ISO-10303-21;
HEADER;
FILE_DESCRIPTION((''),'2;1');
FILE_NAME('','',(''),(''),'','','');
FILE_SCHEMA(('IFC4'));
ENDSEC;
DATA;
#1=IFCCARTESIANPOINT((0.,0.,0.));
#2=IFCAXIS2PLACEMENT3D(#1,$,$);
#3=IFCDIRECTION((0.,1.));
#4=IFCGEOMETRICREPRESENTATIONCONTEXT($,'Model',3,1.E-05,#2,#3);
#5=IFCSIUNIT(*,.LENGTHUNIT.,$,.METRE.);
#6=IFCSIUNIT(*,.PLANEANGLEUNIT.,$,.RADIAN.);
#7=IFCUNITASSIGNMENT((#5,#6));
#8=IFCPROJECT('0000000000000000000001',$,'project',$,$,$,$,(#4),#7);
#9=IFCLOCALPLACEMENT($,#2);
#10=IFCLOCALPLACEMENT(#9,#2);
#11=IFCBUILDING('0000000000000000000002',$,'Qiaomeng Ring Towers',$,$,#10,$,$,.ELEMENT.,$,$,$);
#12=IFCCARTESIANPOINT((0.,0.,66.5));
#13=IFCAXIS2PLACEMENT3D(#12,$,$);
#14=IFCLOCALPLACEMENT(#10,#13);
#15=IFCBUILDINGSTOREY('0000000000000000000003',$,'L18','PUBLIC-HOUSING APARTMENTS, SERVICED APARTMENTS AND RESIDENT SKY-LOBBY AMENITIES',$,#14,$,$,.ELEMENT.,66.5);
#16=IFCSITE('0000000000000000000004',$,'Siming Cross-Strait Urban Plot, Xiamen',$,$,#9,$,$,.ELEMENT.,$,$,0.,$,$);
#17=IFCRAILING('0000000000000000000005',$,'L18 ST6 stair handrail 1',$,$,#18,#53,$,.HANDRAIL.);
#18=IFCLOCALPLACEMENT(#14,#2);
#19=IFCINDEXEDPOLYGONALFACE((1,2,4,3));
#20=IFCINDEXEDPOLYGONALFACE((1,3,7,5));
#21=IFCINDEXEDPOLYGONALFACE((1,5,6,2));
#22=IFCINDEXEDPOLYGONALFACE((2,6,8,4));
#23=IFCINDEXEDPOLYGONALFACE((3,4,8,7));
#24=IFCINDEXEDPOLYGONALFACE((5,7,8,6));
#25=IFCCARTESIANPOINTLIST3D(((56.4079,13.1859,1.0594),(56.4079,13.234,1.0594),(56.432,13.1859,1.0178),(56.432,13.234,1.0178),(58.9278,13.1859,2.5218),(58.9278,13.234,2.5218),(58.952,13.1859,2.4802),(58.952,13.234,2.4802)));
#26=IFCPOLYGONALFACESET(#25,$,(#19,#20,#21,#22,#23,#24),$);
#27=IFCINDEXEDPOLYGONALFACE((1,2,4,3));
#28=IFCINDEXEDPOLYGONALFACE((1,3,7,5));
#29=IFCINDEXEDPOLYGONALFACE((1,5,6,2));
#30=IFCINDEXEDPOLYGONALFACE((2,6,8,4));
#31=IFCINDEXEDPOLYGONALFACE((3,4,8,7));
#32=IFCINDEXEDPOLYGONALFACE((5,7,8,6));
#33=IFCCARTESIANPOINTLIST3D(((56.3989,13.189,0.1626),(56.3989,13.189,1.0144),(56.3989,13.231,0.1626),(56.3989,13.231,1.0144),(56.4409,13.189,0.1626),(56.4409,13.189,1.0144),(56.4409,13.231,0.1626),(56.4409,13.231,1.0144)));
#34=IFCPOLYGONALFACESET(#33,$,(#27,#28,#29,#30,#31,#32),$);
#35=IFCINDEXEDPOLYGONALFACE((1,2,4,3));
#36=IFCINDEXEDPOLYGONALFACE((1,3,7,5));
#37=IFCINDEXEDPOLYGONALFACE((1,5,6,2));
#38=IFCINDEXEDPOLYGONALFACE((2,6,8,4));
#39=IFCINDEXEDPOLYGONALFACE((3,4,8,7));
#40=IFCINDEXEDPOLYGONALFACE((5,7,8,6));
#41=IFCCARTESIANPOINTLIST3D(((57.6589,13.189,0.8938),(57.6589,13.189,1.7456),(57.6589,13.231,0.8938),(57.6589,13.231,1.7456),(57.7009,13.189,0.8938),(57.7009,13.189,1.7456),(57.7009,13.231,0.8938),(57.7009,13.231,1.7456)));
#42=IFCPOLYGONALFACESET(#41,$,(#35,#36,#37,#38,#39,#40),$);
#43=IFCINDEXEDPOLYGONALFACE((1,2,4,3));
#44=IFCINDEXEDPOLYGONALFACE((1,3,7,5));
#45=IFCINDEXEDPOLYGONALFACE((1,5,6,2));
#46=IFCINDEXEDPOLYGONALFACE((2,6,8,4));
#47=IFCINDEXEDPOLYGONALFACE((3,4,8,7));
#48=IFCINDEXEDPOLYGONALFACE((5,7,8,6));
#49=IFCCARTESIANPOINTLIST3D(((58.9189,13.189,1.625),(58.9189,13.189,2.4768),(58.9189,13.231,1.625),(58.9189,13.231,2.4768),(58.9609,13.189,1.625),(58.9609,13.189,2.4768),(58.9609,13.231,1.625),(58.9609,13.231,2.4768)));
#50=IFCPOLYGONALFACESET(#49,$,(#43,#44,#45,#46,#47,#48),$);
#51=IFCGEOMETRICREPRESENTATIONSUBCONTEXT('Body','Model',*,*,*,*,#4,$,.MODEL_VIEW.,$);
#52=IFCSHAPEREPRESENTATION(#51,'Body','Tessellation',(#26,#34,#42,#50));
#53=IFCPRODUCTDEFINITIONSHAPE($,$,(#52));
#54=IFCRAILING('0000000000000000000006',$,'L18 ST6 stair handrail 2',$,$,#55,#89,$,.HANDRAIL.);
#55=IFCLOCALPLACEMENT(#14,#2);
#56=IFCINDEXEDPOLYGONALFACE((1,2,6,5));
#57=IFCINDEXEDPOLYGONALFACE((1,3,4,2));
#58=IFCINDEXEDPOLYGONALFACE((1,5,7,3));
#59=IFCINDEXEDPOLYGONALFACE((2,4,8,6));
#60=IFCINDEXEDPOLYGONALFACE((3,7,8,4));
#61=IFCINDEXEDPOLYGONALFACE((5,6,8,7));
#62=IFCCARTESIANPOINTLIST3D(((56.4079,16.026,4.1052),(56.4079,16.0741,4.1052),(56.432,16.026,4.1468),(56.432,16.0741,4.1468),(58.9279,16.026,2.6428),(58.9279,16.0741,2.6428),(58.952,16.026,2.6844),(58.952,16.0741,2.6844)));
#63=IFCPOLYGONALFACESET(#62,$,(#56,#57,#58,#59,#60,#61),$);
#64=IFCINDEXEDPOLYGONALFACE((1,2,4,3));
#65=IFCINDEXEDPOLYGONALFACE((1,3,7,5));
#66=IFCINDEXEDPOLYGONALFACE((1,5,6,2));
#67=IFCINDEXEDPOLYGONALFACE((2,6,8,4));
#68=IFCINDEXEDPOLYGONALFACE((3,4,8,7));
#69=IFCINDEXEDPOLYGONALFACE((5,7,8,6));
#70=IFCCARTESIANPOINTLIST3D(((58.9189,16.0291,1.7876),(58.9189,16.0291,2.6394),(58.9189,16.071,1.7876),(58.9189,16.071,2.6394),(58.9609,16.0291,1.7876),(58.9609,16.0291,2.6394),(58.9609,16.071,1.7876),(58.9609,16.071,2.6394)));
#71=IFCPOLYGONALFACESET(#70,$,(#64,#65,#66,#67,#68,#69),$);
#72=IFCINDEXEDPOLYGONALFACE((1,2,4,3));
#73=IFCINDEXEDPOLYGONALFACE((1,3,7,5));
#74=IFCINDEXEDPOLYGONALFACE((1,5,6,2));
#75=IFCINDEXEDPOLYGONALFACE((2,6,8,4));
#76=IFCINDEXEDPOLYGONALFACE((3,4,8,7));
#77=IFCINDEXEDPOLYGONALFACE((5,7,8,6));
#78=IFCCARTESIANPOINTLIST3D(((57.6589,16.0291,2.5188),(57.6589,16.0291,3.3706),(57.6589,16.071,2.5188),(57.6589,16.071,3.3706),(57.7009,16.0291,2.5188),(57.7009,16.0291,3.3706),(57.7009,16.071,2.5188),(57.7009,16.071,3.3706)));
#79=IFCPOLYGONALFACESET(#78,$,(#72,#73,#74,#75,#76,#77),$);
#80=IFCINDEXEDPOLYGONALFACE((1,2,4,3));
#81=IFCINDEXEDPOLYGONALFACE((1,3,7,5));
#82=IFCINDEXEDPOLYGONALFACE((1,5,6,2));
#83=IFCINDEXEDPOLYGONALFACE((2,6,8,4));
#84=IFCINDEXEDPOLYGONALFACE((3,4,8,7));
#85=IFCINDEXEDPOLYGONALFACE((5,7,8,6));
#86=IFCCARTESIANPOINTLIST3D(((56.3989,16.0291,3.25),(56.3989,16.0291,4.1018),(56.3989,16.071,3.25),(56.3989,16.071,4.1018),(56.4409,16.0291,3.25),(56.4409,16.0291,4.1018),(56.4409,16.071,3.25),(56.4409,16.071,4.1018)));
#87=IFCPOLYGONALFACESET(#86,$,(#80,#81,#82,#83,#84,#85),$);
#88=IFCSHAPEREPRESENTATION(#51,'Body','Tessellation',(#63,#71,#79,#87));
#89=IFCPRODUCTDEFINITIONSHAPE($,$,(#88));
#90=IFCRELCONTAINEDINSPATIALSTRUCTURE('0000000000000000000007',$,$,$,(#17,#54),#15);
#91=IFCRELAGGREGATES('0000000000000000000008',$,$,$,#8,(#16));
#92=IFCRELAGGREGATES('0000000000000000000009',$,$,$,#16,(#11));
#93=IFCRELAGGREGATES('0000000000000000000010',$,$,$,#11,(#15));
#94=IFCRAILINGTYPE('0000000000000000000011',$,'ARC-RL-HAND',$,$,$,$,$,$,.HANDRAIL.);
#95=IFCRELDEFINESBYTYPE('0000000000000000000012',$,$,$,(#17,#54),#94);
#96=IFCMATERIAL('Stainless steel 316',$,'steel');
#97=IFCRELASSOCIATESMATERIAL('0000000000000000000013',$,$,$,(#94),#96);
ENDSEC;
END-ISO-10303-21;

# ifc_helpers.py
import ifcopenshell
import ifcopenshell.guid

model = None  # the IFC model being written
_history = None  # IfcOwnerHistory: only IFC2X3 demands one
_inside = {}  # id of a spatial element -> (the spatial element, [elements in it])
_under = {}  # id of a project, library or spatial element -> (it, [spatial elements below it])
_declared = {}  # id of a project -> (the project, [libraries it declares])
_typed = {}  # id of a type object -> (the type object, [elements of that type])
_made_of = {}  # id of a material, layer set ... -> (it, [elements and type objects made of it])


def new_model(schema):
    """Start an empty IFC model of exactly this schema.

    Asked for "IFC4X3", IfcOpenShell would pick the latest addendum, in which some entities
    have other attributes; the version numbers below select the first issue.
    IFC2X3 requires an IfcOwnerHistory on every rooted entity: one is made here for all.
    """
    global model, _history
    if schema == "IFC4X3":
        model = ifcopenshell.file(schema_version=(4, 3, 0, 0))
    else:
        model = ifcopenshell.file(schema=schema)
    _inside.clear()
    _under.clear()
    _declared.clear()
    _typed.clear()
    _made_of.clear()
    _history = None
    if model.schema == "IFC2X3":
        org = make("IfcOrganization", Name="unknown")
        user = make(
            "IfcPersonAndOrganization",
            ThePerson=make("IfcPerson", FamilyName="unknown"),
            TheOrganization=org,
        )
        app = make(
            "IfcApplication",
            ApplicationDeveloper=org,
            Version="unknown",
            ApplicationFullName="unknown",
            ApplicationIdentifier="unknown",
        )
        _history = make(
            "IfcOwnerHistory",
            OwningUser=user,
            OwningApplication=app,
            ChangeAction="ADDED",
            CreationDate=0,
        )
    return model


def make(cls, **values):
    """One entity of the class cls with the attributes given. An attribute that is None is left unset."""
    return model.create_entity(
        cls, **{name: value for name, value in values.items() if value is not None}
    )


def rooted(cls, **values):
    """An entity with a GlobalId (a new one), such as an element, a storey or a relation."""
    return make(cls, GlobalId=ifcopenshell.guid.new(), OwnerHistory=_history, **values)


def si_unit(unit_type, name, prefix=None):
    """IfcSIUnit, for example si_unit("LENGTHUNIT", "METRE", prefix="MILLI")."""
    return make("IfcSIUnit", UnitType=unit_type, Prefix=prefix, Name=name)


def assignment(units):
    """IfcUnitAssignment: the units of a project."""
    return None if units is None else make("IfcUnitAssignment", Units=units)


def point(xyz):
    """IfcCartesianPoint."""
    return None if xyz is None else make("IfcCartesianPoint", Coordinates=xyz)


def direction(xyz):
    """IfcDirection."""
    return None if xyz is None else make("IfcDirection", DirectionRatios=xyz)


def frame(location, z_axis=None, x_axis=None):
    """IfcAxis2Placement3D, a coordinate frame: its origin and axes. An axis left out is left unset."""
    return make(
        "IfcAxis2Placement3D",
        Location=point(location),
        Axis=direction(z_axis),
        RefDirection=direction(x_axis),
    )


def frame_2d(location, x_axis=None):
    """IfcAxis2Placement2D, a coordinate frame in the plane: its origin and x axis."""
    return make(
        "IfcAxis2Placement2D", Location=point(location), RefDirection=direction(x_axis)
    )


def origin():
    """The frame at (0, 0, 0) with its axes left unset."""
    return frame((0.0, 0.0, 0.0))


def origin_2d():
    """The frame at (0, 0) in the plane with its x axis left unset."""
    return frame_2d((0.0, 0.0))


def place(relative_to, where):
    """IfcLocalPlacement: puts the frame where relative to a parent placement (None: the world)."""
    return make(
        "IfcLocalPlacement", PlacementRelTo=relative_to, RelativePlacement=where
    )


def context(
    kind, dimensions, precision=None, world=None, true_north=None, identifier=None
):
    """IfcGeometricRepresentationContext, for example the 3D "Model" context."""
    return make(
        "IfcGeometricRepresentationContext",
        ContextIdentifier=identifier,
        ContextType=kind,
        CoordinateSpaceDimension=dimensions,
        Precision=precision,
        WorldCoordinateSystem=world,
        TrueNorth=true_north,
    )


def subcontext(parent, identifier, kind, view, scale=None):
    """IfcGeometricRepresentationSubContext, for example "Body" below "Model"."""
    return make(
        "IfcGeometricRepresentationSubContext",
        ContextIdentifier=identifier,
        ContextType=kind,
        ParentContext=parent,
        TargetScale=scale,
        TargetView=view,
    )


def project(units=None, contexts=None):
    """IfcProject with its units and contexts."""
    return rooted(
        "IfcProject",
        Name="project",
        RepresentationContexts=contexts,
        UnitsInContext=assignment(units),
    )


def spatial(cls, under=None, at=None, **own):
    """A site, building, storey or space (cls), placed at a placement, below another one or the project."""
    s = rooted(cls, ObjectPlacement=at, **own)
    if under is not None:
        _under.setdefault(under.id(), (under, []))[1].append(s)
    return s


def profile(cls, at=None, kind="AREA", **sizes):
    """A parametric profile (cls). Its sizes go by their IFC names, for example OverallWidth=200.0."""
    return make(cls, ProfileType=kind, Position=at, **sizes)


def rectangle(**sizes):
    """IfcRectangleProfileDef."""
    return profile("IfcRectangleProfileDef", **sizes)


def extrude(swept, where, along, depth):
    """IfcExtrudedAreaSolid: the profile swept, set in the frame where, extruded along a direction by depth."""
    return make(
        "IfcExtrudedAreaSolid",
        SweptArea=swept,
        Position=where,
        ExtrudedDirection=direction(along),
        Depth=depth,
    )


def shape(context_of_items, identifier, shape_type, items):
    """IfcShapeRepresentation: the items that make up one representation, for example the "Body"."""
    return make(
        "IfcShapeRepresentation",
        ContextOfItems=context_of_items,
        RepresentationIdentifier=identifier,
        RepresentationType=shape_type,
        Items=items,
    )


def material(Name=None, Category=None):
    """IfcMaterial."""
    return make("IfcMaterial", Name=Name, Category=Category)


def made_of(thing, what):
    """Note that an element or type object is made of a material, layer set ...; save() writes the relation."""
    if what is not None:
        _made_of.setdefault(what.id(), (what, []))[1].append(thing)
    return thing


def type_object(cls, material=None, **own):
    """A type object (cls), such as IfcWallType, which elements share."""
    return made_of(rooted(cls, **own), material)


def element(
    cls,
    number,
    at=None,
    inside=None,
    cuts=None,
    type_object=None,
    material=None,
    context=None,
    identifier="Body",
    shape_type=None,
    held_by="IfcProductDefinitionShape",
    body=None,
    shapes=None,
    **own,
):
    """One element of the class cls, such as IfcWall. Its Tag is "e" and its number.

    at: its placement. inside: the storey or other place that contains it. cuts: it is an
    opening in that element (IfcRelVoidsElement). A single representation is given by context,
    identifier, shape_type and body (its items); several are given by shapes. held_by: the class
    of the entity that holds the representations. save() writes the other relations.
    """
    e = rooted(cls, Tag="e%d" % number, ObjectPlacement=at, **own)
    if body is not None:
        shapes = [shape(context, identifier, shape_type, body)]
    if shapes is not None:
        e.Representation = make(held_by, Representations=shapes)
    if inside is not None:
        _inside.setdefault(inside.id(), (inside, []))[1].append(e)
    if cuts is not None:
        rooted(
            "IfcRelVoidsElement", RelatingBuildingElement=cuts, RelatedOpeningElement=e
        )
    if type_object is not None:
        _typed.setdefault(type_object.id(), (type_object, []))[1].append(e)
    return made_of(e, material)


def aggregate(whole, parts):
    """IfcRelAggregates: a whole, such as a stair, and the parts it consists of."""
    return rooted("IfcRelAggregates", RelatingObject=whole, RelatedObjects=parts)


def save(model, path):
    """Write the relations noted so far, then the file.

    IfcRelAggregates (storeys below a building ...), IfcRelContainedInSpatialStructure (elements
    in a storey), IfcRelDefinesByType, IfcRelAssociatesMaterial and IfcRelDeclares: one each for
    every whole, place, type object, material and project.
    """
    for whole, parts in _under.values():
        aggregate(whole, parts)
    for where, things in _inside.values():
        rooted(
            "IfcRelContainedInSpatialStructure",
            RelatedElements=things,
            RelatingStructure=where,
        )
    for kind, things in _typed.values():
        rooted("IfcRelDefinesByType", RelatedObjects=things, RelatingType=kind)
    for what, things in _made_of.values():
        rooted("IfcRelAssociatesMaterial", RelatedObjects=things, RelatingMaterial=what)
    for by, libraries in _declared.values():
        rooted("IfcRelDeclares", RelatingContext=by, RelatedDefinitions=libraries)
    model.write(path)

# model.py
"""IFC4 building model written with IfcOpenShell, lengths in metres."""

from ifc_helpers import new_model, si_unit, direction, frame, origin, origin_2d, place, context, subcontext, project, spatial, rectangle, extrude, material, type_object, element, save


model = new_model("IFC4")

# Units and contexts
model_context = context("Model", 3, precision=1e-05, world=origin(), true_north=direction((0.0, 1.0)))
body_context = subcontext(model_context, "Body", "Model", "MODEL_VIEW")
ifc_project = project(units=[si_unit("LENGTHUNIT", "METRE"), si_unit("PLANEANGLEUNIT", "RADIAN")], contexts=[model_context])

# Site, building, storey
site_placement = place(None, origin())
site = spatial("IfcSite", under=ifc_project, at=site_placement, Name="Siming Cross-Strait Urban Plot, Xiamen", CompositionType="ELEMENT", RefElevation=0.0)
building_placement = place(site_placement, origin())
building = spatial("IfcBuilding", under=site, at=building_placement, Name="Qiaomeng Ring Towers", CompositionType="ELEMENT")
storey_placement = place(building_placement, frame((0.0, 0.0, 66.5)))
storey = spatial("IfcBuildingStorey", under=building, at=storey_placement, Name="L18", Description="PUBLIC-HOUSING APARTMENTS, SERVICED APARTMENTS AND RESIDENT SKY-LOBBY AMENITIES", CompositionType="ELEMENT", Elevation=66.5)

# Shared definitions
ifc_material_1 = material(Name="Stainless steel 316", Category="steel")

# Railings
railing_type_1 = type_object("IfcRailingType", Name="ARC-RL-HAND", PredefinedType="HANDRAIL", material=ifc_material_1)
railing_1_placement = place(storey_placement, frame((56.4199, 13.21, 0.1626)))
element("IfcRailing", 1, at=railing_1_placement, inside=storey, type_object=railing_type_1, Name="L18 ST6 stair handrail 1", PredefinedType="HANDRAIL", context=body_context, shape_type="SweptSolid", body=[
    extrude(rectangle(XDim=0.0481, YDim=0.0481, at=origin_2d()), frame((0.0, 0.0, 0.876), z_axis=(0.864913, 0.0, 0.501921), x_axis=(0.0, 1.0, 0.0)), (0.0, 0.0, 1.0), 2.9136),
    extrude(rectangle(XDim=0.042, YDim=0.042, at=origin_2d()), origin(), (0.0, 0.0, 1.0), 0.8518),
    extrude(rectangle(XDim=0.042, YDim=0.042, at=origin_2d()), frame((1.26, 0.0, 0.7312)), (0.0, 0.0, 1.0), 0.8518),
    extrude(rectangle(XDim=0.042, YDim=0.042, at=origin_2d()), frame((2.52, 0.0, 1.4624)), (0.0, 0.0, 1.0), 0.8518),
])
railing_2_placement = place(storey_placement, frame((58.9399, 16.05, 1.7876)))
element("IfcRailing", 2, at=railing_2_placement, inside=storey, type_object=railing_type_1, Name="L18 ST6 stair handrail 2", PredefinedType="HANDRAIL", context=body_context, shape_type="SweptSolid", body=[
    extrude(rectangle(XDim=0.0481, YDim=0.0481, at=origin_2d()), frame((0.0, 0.0, 0.876), z_axis=(-0.864913, 0.0, 0.501921), x_axis=(0.0, -1.0, 0.0)), (0.0, 0.0, 1.0), 2.9136),
    extrude(rectangle(XDim=0.042, YDim=0.042, at=origin_2d()), origin(), (0.0, 0.0, 1.0), 0.8518),
    extrude(rectangle(XDim=0.042, YDim=0.042, at=origin_2d()), frame((-1.26, 0.0, 0.7312)), (0.0, 0.0, 1.0), 0.8518),
    extrude(rectangle(XDim=0.042, YDim=0.042, at=origin_2d()), frame((-2.52, 0.0, 1.4624)), (0.0, 0.0, 1.0), 0.8518),
])

save(model, "model.ifc")
